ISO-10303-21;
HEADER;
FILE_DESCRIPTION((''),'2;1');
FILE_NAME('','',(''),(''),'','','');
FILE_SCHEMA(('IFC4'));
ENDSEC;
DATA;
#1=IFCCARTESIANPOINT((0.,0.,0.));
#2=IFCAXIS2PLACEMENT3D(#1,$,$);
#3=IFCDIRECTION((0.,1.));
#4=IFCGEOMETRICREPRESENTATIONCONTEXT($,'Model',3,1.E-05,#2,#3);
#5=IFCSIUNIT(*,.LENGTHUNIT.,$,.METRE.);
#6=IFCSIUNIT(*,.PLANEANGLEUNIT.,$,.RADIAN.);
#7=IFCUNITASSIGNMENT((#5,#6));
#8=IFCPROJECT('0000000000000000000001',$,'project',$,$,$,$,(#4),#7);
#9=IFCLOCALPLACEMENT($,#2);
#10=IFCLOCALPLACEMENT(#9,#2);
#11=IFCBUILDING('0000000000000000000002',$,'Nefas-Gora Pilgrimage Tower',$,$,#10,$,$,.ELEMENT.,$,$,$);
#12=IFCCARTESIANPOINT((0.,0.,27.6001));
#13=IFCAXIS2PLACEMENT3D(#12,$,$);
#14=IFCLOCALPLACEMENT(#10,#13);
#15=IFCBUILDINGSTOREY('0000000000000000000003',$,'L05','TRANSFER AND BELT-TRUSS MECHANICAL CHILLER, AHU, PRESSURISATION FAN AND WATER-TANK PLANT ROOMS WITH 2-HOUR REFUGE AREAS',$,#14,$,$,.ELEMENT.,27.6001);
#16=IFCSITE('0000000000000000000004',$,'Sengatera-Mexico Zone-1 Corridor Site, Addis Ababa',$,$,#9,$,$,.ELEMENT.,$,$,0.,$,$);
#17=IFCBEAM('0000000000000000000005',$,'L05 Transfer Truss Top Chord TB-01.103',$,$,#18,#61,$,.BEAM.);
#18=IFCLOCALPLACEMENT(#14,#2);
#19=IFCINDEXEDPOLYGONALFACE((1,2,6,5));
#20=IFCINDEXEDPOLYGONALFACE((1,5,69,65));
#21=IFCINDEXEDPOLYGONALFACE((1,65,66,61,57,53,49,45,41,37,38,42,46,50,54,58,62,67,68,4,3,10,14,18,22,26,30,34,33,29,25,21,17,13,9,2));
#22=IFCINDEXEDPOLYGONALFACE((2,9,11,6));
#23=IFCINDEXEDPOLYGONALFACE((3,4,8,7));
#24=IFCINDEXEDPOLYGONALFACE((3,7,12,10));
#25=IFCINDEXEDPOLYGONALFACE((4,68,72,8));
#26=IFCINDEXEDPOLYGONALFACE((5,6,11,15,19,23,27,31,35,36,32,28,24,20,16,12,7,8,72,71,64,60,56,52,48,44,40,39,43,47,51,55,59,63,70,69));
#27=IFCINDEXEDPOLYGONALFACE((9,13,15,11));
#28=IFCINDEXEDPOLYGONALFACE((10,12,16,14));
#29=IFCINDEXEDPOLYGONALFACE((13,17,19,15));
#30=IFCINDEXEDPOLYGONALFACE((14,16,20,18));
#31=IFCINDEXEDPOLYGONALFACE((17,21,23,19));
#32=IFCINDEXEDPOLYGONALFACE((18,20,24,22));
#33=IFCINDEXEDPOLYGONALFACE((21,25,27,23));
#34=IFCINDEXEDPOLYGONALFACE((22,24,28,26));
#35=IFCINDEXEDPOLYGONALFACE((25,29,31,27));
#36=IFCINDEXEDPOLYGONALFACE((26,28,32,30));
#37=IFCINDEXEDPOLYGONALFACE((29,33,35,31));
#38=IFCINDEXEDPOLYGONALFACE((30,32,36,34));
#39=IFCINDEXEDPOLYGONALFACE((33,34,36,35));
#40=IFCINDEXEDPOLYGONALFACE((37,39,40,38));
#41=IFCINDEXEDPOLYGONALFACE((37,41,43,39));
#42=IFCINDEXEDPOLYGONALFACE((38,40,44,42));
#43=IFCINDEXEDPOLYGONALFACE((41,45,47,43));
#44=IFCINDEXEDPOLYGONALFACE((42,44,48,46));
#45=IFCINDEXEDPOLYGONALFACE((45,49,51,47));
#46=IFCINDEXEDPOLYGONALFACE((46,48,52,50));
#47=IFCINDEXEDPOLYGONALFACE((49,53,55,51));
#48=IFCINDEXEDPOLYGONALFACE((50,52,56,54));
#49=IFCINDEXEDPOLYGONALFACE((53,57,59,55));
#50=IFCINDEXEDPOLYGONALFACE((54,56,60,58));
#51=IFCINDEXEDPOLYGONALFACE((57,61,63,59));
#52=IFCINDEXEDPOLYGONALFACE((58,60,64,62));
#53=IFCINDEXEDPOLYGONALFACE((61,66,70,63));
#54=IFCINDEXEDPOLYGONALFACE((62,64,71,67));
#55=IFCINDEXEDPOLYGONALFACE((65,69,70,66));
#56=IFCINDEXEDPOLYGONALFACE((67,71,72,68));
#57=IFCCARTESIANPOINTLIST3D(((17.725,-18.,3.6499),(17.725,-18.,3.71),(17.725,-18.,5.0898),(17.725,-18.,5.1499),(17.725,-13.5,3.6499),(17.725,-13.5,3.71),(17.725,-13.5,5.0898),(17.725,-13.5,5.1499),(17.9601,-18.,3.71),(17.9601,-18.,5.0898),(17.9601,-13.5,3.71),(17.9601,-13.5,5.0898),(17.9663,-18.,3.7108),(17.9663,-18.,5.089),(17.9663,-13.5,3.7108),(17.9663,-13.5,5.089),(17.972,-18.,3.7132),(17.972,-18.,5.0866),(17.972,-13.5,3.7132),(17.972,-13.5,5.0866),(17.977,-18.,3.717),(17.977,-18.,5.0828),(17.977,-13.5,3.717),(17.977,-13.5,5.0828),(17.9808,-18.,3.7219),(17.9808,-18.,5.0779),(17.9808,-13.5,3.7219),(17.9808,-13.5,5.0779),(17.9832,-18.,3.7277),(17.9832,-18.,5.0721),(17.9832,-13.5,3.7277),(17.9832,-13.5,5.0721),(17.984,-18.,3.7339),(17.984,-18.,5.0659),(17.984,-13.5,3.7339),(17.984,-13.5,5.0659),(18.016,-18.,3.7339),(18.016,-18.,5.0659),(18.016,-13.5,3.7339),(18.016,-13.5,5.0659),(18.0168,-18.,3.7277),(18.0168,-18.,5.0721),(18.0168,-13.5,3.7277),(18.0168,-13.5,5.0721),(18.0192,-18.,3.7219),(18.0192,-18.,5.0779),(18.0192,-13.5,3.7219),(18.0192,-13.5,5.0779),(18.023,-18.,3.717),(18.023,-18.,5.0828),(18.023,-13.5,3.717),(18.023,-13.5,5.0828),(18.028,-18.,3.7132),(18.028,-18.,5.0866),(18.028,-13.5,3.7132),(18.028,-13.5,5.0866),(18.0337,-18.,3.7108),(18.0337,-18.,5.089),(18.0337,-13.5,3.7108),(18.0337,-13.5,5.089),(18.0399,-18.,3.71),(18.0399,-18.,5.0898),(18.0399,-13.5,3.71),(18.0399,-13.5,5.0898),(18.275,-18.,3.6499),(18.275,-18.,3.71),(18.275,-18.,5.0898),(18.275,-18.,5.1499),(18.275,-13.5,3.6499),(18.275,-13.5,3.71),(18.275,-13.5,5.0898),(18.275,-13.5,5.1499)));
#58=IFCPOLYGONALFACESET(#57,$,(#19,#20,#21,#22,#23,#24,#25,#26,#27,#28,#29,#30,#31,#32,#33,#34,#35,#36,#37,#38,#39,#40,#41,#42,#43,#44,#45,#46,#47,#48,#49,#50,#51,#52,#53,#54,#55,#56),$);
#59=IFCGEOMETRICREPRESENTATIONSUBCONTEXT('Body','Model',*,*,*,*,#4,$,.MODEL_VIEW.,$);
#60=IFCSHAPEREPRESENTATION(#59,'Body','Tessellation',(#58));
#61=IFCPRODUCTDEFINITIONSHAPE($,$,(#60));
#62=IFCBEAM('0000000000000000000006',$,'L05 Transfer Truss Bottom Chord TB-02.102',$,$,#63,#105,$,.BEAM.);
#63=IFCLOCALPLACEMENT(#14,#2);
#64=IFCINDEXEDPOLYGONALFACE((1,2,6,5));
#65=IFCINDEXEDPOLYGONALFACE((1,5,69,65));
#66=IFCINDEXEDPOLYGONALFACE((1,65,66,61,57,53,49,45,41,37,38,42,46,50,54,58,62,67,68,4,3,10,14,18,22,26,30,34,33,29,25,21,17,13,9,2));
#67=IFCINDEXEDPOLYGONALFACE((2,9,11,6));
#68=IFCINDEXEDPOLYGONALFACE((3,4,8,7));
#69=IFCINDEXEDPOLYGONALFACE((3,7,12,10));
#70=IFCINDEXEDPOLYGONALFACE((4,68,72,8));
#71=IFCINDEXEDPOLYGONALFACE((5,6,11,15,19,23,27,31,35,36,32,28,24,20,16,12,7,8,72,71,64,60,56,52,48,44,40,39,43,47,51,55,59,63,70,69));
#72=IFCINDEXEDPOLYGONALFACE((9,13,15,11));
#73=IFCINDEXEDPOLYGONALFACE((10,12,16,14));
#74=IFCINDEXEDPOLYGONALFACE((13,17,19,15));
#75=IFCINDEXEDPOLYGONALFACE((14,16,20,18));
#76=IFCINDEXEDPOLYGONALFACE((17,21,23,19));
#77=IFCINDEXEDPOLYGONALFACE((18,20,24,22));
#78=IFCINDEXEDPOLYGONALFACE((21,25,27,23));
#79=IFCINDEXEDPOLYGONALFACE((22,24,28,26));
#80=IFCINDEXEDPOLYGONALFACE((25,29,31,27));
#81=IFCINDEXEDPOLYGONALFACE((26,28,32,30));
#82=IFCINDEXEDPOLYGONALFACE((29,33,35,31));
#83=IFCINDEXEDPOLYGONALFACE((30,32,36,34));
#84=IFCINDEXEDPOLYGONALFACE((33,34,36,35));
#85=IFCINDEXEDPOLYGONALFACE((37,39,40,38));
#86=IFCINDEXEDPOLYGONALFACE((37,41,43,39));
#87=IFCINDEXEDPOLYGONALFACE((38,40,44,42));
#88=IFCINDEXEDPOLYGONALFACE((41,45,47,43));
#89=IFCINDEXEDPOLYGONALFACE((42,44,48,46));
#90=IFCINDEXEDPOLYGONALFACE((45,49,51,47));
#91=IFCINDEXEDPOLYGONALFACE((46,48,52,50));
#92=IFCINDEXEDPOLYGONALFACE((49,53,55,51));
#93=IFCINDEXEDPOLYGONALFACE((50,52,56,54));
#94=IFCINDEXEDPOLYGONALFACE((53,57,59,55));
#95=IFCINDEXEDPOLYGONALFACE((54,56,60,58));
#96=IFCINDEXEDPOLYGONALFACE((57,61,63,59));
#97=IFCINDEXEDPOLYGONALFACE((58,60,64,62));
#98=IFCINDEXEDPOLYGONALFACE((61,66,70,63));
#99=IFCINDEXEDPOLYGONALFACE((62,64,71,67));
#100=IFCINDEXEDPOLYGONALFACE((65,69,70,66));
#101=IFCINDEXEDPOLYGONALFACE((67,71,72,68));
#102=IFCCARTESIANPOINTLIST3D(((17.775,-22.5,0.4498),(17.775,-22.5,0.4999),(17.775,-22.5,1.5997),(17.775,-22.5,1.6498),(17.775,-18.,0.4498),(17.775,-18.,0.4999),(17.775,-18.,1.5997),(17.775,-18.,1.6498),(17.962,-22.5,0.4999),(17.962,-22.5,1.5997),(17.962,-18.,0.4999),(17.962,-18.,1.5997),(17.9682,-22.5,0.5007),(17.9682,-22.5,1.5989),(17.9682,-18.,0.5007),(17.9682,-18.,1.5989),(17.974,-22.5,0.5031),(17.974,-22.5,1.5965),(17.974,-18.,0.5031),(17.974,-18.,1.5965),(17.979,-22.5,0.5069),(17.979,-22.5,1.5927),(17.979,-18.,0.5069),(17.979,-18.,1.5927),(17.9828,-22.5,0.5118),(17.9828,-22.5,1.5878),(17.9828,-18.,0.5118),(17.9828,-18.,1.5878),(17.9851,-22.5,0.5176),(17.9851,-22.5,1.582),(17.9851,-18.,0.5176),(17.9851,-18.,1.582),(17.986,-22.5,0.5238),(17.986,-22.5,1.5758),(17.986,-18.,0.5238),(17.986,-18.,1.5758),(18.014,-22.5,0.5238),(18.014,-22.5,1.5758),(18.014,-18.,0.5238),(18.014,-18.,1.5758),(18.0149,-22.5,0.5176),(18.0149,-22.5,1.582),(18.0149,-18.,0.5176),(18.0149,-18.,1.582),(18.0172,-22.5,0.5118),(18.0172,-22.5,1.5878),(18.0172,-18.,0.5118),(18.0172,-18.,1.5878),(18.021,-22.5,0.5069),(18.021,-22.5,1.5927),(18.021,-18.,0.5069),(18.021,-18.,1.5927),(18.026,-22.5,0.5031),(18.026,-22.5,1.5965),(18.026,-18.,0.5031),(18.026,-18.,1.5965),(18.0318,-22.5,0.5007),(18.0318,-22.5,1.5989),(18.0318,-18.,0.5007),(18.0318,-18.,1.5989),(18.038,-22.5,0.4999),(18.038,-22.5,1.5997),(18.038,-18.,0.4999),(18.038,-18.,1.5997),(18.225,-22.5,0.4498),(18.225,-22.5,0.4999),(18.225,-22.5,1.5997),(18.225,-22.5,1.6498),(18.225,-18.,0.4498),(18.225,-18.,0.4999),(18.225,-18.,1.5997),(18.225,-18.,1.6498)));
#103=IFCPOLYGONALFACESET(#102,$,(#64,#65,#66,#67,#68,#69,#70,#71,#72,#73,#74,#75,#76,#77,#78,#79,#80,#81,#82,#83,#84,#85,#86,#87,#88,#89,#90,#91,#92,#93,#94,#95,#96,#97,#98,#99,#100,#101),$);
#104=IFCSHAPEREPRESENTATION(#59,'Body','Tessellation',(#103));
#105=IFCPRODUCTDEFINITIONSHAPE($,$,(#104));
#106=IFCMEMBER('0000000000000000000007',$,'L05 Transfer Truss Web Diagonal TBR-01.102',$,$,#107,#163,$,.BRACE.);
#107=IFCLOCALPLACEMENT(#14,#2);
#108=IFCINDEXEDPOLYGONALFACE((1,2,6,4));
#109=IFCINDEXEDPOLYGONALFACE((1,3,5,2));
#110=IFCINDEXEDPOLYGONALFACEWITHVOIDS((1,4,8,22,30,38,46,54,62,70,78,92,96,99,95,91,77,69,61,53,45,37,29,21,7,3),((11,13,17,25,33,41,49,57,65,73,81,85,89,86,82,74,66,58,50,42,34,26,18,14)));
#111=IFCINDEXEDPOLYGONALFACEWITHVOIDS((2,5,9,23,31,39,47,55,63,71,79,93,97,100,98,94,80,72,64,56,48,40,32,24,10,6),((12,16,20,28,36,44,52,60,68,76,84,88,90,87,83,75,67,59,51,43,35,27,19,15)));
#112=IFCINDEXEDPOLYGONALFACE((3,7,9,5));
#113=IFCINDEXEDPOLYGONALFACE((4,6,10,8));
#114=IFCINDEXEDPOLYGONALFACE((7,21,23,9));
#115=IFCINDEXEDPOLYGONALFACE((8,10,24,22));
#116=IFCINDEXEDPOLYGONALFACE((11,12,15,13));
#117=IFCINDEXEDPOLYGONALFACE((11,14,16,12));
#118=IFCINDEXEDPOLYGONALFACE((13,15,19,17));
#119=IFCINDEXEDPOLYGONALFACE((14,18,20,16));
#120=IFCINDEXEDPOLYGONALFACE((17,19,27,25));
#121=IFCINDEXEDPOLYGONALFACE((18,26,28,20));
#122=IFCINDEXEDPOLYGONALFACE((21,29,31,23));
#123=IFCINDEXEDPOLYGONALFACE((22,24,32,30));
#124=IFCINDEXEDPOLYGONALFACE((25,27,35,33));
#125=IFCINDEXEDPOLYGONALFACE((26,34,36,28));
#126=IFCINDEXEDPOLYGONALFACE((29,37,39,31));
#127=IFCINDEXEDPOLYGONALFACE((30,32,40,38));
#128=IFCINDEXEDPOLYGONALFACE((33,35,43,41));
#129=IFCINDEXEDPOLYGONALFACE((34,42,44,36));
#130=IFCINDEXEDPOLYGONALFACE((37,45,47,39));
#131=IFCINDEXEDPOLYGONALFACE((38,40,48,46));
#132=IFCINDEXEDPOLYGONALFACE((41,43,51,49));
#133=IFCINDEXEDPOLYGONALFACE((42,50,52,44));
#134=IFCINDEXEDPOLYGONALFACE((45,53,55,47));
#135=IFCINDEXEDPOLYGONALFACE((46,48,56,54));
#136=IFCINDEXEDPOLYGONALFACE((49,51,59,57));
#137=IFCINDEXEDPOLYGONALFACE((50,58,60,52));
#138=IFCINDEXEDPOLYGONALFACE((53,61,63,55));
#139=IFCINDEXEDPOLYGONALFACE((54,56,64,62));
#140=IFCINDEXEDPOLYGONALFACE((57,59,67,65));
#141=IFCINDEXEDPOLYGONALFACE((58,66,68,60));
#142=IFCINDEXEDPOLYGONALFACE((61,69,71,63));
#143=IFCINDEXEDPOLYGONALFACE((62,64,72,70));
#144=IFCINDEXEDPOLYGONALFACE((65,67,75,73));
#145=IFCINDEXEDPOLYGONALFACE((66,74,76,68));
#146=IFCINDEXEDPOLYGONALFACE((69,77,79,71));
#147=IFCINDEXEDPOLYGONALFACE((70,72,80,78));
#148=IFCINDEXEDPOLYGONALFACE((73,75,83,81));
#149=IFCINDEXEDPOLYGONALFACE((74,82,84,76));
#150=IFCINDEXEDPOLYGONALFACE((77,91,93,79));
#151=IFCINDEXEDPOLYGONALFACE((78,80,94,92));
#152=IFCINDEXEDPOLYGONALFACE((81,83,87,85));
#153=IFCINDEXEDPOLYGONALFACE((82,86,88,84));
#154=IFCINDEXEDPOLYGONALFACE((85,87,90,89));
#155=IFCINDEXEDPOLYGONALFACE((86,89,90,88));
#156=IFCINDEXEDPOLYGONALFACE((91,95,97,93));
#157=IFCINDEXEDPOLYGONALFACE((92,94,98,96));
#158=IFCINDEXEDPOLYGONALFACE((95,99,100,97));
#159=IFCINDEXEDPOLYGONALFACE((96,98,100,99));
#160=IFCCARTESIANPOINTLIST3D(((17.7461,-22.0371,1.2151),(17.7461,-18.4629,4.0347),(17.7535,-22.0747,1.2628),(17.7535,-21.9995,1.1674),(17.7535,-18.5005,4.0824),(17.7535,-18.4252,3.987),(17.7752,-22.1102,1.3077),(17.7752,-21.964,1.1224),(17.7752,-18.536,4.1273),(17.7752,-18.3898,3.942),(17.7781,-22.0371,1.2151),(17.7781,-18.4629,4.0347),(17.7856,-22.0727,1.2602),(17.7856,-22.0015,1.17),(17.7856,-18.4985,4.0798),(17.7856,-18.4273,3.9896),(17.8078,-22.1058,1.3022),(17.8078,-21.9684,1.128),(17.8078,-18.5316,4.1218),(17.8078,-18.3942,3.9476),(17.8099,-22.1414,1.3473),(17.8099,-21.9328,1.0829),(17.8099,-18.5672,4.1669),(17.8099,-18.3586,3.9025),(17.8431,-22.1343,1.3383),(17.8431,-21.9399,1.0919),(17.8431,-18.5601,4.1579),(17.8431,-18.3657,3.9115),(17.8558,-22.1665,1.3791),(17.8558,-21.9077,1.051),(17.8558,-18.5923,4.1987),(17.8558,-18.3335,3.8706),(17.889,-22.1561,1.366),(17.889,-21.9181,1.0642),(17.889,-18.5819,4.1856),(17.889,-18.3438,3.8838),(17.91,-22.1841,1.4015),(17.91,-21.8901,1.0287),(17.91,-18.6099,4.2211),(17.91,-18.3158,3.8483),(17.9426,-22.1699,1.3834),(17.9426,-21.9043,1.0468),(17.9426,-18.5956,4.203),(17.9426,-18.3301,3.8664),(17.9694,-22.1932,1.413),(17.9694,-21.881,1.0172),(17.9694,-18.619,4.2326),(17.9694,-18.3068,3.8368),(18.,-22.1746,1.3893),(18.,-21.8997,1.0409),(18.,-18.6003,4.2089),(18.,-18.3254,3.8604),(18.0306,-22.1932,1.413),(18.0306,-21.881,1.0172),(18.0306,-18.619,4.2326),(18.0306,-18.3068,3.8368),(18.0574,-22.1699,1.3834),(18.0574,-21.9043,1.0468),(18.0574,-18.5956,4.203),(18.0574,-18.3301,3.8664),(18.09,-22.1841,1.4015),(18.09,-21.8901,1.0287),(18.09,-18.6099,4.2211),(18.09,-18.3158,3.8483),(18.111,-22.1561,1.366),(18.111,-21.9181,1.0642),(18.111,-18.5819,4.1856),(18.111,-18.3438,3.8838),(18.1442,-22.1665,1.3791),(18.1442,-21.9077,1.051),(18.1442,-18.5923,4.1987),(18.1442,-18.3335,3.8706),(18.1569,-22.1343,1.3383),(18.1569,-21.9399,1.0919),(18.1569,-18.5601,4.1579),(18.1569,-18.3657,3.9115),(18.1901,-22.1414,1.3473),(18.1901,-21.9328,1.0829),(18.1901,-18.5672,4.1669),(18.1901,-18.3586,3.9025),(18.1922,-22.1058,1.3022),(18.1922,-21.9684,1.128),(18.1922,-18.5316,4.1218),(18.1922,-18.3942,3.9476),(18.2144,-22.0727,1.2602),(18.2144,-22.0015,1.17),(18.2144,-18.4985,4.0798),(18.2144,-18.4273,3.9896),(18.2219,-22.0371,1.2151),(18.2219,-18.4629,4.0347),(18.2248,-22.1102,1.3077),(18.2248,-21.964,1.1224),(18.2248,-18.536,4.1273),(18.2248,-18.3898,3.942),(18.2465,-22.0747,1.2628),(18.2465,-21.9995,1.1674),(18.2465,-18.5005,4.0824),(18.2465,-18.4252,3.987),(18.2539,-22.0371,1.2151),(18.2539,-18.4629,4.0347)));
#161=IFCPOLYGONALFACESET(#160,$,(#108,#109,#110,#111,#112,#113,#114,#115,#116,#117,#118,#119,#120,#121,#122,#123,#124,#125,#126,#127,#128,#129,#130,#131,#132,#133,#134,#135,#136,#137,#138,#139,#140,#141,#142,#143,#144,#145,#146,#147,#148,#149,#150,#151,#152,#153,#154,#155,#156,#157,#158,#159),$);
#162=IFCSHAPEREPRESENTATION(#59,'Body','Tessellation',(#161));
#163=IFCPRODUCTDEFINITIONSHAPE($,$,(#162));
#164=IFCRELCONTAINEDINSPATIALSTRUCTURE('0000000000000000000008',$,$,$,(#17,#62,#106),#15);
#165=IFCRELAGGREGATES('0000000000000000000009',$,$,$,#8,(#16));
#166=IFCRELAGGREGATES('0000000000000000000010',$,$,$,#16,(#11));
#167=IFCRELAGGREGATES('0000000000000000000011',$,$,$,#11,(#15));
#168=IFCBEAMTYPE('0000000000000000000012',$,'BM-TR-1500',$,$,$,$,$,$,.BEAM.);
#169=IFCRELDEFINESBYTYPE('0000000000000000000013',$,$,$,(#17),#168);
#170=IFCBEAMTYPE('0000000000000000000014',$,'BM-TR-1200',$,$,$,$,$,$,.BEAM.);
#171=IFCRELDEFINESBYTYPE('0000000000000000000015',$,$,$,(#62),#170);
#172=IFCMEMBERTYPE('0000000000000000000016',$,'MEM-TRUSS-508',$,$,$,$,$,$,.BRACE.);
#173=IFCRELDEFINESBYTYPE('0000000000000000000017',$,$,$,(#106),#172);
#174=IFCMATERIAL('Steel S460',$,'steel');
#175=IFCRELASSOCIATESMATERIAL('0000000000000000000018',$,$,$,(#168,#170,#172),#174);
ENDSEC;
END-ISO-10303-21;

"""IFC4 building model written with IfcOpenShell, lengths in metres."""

from ifc_helpers import new_model, si_unit, direction, frame, origin, origin_2d, place, context, subcontext, project, spatial, hollow_circle, i_section, extrude, source, transform, mapped, material, material_profile, profile_set, type_object, element, save


model = new_model("IFC4")

# Units and contexts
model_context = context("Model", 3, precision=1e-05, world=origin(), true_north=direction((0.0, 1.0)))
body_context = subcontext(model_context, "Body", "Model", "MODEL_VIEW")
ifc_project = project(units=[si_unit("LENGTHUNIT", "METRE"), si_unit("PLANEANGLEUNIT", "RADIAN")], contexts=[model_context])

# Site, building, storey
site_placement = place(None, origin())
site = spatial("IfcSite", under=ifc_project, at=site_placement, Name="Sengatera-Mexico Zone-1 Corridor Site, Addis Ababa", CompositionType="ELEMENT", RefElevation=0.0)
building_placement = place(site_placement, origin())
building = spatial("IfcBuilding", under=site, at=building_placement, Name="Nefas-Gora Pilgrimage Tower", CompositionType="ELEMENT")
storey_placement = place(building_placement, frame((0.0, 0.0, 27.6001)))
storey = spatial("IfcBuildingStorey", under=building, at=storey_placement, Name="L05", Description="TRANSFER AND BELT-TRUSS MECHANICAL CHILLER, AHU, PRESSURISATION FAN AND WATER-TANK PLANT ROOMS WITH 2-HOUR REFUGE AREAS", CompositionType="ELEMENT", Elevation=27.6001)

# Shared definitions
ifc_material = material(Name="Steel S460", Category="steel")

# Shared definitions
ifc_material_profile_1 = material_profile(ifc_material, i_section(OverallWidth=0.55, OverallDepth=1.5, WebThickness=0.032, FlangeThickness=0.0601, FilletRadius=0.0239, at=origin_2d()), Name="WPG 1500x550x32x60")
ifc_profile_set_1 = profile_set([ifc_material_profile_1], Name="Steel S460")
beam_type_1 = type_object("IfcBeamType", Name="BM-TR-1500", PredefinedType="BEAM", material=ifc_profile_set_1)
ifc_material_profile_2 = material_profile(ifc_material, i_section(OverallWidth=0.45, OverallDepth=1.2, WebThickness=0.0281, FlangeThickness=0.05, FilletRadius=0.0239, at=origin_2d()), Name="WPG 1200x450x28x50")
ifc_profile_set_2 = profile_set([ifc_material_profile_2], Name="Steel S460")
beam_type_2 = type_object("IfcBeamType", Name="BM-TR-1200", PredefinedType="BEAM", material=ifc_profile_set_2)

# Shared definitions
ifc_material_profile_3 = material_profile(ifc_material, hollow_circle(Radius=0.2539, WallThickness=0.032, at=origin_2d()), Name="CHS 508x32")
ifc_profile_set_3 = profile_set([ifc_material_profile_3], Name="Steel S460")
member_type = type_object("IfcMemberType", Name="MEM-TRUSS-508", PredefinedType="BRACE", material=ifc_profile_set_3)

# Beams
shared_shape_1 = source(origin(), body_context, "Body", "SweptSolid", [
    extrude(i_section(OverallWidth=0.55, OverallDepth=1.5, WebThickness=0.032, FlangeThickness=0.0601, FilletRadius=0.0239, at=origin_2d()), origin(), (0.0, 0.0, 1.0), 4.5),
])
for number, where, z_axis, x_axis, name in (
    (1, (18.0, -18.0, 4.3999), (0.0, 1.0, 0.0), (-1.0, 0.0, 0.0), "L05 Transfer Truss Top Chord TB-01.103"),
):
    element("IfcBeam", number, at=place(storey_placement, frame(where, z_axis=z_axis, x_axis=x_axis)), inside=storey, type_object=beam_type_1, Name=name, PredefinedType="BEAM", context=body_context, shape_type="MappedRepresentation", body=[
        mapped(shared_shape_1, transform((0.0, 0.0, 0.0), x_axis=(1.0, 0.0, 0.0), y_axis=(0.0, 1.0, 0.0), z_axis=(0.0, 0.0, 1.0), scale=1.0)),
    ])
shared_shape_2 = source(origin(), body_context, "Body", "SweptSolid", [
    extrude(i_section(OverallWidth=0.45, OverallDepth=1.2, WebThickness=0.0281, FlangeThickness=0.05, FilletRadius=0.0239, at=origin_2d()), origin(), (0.0, 0.0, 1.0), 4.5),
])
beam_1_placement = place(storey_placement, frame((18.0, -22.5, 1.0498), z_axis=(0.0, 1.0, 0.0), x_axis=(-1.0, 0.0, 0.0)))
element("IfcBeam", 2, at=beam_1_placement, inside=storey, type_object=beam_type_2, Name="L05 Transfer Truss Bottom Chord TB-02.102", PredefinedType="BEAM", context=body_context, shape_type="MappedRepresentation", body=[
    mapped(shared_shape_2, transform((0.0, 0.0, 0.0), x_axis=(1.0, 0.0, 0.0), y_axis=(0.0, 1.0, 0.0), z_axis=(0.0, 0.0, 1.0), scale=1.0)),
])

# Member
shared_shape_3 = source(origin(), body_context, "Body", "SweptSolid", [
    extrude(hollow_circle(Radius=0.2539, WallThickness=0.032, at=origin_2d()), origin(), (0.0, 0.0, 1.0), 4.5525),
])
member_1_placement = place(storey_placement, frame((18.0, -22.0371, 1.2151), z_axis=(0.0, 0.785115, 0.61935), x_axis=(-1.0, 0.0, 0.0)))
element("IfcMember", 3, at=member_1_placement, inside=storey, type_object=member_type, Name="L05 Transfer Truss Web Diagonal TBR-01.102", PredefinedType="BRACE", context=body_context, shape_type="MappedRepresentation", body=[
    mapped(shared_shape_3, transform((0.0, 0.0, 0.0), x_axis=(1.0, 0.0, 0.0), y_axis=(0.0, 1.0, 0.0), z_axis=(0.0, 0.0, 1.0), scale=1.0)),
])

save(model, "model.ifc")
